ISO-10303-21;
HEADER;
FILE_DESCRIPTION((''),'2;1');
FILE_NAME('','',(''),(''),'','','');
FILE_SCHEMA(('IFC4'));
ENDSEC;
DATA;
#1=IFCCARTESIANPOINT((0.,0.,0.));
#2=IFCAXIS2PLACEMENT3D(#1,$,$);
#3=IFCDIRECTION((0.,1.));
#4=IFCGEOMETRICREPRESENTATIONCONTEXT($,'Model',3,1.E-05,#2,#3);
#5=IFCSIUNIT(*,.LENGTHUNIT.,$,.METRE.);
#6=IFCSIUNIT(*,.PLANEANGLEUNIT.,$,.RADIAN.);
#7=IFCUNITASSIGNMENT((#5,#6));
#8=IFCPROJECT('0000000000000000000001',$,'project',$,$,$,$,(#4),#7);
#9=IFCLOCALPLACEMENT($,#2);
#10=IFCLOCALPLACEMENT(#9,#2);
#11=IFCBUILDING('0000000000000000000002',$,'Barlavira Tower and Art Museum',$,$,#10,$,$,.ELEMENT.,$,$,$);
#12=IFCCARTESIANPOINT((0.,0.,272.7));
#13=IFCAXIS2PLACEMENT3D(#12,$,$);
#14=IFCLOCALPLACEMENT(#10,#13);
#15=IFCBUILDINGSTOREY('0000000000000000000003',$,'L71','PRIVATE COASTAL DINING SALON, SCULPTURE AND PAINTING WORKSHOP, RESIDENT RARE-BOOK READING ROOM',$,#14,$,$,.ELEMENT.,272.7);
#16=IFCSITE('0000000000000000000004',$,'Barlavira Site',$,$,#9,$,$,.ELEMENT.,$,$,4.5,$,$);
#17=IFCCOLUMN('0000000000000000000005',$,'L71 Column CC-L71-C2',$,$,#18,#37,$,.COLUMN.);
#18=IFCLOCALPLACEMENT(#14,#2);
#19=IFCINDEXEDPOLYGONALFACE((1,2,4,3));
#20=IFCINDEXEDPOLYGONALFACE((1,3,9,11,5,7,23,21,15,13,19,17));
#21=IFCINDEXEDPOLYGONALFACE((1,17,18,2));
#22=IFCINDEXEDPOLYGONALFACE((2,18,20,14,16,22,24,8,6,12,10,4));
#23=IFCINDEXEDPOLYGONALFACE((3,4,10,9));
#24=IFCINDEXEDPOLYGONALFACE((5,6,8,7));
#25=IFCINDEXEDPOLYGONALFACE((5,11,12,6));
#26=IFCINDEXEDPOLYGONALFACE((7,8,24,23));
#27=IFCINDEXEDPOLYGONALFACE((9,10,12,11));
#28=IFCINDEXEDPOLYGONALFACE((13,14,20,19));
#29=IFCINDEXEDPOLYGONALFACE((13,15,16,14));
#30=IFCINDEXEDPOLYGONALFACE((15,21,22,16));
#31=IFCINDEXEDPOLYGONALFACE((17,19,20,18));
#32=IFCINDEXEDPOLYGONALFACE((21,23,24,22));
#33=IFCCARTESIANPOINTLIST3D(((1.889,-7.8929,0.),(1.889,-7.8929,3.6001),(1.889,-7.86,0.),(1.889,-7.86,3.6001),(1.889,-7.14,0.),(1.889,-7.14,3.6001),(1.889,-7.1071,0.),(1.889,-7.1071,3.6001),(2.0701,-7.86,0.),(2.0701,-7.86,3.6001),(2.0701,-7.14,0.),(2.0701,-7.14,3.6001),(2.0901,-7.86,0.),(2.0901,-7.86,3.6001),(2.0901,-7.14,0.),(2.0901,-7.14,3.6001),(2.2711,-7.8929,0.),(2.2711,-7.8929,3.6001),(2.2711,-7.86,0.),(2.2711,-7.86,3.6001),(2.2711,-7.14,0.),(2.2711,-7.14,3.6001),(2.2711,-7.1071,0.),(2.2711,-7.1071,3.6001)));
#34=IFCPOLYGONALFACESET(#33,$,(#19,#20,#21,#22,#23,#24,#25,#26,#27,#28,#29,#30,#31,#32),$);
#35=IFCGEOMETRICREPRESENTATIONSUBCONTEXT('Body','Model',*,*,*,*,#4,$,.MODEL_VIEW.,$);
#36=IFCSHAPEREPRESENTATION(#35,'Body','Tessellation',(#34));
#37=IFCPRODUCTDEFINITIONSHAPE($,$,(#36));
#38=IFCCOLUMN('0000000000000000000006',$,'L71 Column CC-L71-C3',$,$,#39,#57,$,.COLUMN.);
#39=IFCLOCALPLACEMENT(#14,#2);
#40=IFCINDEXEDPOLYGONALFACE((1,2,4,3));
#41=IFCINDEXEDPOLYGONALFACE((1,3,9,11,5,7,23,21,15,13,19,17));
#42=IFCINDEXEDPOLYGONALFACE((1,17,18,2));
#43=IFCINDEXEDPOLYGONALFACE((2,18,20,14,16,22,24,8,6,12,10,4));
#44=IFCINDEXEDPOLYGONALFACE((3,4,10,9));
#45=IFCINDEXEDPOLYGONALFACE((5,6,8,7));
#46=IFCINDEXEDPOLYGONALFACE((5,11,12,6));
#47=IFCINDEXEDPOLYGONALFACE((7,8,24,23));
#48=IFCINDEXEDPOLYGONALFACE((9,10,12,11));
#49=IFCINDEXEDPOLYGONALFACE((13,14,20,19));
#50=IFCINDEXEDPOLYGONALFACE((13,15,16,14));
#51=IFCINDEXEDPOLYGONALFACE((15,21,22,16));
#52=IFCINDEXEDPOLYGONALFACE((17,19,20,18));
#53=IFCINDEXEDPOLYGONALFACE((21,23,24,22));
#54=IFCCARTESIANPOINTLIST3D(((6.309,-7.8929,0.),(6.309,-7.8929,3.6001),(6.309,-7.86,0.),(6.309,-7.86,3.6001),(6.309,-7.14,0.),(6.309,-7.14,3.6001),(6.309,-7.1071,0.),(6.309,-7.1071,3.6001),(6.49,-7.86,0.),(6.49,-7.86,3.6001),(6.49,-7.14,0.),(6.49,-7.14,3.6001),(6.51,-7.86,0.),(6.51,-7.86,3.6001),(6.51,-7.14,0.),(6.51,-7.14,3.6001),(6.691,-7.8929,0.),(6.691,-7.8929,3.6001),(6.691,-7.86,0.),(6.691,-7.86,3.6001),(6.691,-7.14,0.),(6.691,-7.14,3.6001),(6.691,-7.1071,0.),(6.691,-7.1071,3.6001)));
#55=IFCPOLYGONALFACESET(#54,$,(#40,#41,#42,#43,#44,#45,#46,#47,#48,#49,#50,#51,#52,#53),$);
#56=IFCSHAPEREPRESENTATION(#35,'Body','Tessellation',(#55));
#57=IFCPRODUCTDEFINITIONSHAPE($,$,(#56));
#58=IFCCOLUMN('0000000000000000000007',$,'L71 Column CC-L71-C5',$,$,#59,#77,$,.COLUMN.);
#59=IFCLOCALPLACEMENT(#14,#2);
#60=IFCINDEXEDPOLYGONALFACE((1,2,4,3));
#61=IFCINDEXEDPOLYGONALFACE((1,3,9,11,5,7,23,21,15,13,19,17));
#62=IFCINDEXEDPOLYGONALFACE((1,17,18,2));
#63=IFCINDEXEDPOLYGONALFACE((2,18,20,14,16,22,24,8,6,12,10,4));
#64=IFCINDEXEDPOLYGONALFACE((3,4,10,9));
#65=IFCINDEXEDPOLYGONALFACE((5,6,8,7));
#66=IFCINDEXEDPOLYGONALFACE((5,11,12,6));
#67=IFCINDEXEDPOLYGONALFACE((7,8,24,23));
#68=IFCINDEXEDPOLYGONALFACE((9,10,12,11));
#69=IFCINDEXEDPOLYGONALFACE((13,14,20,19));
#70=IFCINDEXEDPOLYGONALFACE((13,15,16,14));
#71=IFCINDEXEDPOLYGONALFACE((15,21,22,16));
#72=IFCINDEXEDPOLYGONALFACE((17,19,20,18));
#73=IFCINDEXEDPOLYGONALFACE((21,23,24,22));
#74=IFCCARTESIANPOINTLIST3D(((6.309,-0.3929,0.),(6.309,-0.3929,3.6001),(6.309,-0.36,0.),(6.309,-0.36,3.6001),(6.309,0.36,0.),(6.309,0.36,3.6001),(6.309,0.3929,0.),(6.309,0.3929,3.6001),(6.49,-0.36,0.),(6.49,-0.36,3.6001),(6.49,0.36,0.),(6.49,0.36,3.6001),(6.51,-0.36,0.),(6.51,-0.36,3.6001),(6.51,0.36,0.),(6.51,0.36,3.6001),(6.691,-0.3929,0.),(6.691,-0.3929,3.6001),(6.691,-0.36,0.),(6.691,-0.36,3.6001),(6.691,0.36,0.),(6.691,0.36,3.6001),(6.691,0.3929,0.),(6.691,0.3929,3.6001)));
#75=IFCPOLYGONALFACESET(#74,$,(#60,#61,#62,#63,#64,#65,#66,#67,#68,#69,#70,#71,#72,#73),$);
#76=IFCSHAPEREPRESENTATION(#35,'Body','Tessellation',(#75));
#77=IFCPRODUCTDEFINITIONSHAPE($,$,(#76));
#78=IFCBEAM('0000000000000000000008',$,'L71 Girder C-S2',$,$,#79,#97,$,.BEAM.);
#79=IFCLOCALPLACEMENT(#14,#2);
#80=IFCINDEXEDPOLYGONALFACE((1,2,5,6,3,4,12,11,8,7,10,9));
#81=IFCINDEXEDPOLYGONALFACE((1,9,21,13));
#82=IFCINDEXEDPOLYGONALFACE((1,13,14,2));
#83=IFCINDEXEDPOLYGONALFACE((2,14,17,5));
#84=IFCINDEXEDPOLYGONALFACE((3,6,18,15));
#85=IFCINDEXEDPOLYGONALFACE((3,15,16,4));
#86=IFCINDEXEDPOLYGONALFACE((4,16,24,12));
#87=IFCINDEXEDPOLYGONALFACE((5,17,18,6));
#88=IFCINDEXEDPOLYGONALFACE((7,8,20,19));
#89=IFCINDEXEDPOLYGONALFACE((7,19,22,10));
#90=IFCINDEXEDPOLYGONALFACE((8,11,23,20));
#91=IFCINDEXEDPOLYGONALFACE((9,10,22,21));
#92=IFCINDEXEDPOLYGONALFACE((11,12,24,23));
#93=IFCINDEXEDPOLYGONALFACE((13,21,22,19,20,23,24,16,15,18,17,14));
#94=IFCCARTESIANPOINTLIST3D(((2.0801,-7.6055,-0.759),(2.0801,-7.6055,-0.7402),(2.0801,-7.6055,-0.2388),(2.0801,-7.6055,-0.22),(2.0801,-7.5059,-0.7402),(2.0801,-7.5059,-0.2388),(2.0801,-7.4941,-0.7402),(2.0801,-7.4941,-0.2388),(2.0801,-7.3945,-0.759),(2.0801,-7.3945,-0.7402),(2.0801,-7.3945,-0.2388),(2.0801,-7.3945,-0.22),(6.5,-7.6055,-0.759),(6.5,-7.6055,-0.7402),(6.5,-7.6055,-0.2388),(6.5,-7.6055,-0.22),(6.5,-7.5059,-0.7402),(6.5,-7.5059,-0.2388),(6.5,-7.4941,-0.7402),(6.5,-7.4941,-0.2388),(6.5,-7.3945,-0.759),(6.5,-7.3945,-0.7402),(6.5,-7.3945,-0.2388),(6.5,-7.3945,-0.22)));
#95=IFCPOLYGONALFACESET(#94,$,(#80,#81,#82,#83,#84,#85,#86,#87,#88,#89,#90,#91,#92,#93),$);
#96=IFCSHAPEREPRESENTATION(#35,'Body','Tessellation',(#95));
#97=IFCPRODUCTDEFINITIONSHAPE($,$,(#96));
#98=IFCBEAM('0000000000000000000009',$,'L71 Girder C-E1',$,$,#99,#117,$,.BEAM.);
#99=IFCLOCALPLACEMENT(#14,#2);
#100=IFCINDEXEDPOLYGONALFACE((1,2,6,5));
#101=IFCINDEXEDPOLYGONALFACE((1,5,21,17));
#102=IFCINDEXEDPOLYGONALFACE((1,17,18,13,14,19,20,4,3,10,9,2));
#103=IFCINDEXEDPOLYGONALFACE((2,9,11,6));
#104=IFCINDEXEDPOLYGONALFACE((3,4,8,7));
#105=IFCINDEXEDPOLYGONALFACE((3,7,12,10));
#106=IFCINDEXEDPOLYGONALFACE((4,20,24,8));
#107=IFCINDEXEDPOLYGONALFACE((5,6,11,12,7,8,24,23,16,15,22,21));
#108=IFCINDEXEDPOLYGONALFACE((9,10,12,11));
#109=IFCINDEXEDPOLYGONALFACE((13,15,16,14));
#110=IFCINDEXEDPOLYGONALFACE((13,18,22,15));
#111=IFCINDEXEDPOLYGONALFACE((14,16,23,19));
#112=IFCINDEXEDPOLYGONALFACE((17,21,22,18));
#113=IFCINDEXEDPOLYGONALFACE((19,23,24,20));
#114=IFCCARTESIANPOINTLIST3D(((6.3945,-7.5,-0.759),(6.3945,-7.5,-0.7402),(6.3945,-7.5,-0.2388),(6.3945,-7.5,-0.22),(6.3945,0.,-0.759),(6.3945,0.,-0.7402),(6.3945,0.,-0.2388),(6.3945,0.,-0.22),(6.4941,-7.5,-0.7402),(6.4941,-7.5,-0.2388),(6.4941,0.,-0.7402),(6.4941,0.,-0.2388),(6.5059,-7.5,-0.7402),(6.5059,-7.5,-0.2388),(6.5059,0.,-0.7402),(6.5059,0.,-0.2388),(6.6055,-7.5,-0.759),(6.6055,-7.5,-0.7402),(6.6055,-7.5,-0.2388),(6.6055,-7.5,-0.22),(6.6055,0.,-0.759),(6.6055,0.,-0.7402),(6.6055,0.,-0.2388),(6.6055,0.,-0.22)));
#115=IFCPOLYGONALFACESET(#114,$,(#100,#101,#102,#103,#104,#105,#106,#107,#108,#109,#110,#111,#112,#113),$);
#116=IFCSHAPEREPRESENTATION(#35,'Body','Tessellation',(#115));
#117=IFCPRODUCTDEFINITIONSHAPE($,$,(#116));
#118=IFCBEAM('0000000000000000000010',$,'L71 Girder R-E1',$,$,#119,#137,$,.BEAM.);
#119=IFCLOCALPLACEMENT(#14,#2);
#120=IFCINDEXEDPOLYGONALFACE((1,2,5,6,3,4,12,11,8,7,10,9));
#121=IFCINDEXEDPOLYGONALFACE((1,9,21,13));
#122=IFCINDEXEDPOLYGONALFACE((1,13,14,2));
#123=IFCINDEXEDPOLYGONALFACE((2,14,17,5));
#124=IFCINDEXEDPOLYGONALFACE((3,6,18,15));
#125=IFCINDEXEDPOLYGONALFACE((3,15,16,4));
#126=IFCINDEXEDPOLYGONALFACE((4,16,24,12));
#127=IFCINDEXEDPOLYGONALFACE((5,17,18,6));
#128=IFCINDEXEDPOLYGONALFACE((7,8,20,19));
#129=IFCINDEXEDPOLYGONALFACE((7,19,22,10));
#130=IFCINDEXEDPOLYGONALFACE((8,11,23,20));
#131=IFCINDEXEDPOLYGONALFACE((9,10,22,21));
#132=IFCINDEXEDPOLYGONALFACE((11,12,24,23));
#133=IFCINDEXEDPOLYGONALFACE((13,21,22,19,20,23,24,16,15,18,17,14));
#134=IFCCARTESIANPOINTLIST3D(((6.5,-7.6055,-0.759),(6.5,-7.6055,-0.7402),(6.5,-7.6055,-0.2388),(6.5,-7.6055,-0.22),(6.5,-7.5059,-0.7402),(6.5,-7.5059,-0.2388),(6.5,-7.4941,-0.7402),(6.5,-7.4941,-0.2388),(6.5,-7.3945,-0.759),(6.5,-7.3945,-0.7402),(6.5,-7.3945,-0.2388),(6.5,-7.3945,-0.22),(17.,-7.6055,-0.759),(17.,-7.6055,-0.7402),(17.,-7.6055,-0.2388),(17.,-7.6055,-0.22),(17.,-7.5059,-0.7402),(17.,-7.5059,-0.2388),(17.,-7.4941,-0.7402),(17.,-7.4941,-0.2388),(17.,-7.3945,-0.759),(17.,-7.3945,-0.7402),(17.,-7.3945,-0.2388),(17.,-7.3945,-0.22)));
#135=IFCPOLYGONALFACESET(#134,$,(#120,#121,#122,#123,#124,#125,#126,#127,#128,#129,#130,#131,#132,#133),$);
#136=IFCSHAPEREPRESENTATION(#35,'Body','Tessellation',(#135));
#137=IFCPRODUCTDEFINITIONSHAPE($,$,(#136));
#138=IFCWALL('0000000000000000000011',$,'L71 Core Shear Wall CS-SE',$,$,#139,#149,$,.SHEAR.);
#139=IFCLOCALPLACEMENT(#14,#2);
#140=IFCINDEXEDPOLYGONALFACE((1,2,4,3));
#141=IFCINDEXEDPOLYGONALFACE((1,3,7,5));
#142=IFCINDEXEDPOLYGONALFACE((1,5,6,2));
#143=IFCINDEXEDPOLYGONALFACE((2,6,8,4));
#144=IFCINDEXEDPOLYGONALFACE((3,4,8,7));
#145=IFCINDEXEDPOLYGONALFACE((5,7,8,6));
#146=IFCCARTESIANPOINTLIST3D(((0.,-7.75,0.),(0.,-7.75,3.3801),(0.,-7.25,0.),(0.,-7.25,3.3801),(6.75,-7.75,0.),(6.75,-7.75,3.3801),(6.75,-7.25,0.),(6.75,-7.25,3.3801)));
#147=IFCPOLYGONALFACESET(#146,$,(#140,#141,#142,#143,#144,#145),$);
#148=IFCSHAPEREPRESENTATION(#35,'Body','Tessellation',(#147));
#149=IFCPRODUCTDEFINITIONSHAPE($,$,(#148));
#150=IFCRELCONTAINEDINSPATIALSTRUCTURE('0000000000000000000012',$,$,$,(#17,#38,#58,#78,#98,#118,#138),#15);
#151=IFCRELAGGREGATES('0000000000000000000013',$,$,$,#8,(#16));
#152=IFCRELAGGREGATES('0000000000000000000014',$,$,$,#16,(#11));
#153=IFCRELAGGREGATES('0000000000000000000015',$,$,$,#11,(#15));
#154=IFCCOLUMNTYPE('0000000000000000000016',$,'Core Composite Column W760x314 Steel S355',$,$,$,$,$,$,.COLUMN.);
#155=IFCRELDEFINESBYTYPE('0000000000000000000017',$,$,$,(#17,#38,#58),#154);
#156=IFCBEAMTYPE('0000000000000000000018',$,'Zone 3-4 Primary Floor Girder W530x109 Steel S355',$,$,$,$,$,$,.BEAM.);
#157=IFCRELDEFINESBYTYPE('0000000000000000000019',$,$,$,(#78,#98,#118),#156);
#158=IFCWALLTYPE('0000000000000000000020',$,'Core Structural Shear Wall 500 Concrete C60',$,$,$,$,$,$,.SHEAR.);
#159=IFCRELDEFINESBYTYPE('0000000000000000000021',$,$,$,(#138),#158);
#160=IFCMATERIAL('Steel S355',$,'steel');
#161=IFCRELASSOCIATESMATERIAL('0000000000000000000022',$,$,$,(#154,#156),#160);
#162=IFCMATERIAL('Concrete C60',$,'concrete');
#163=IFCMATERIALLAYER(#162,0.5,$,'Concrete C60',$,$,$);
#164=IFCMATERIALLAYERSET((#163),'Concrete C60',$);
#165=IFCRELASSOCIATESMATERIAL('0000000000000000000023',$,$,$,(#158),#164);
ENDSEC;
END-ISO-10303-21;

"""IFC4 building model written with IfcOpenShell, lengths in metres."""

from ifc_helpers import new_model, si_unit, direction, frame, frame_2d, origin, origin_2d, place, context, subcontext, project, spatial, rectangle, i_section, extrude, material, layer, layer_set, material_profile, profile_set, type_object, element, save


model = new_model("IFC4")

# Units and contexts
model_context = context("Model", 3, precision=1e-05, world=origin(), true_north=direction((0.0, 1.0)))
body_context = subcontext(model_context, "Body", "Model", "MODEL_VIEW")
ifc_project = project(units=[si_unit("LENGTHUNIT", "METRE"), si_unit("PLANEANGLEUNIT", "RADIAN")], contexts=[model_context])

# Site, building, storey
site_placement = place(None, origin())
site = spatial("IfcSite", under=ifc_project, at=site_placement, Name="Barlavira Site", CompositionType="ELEMENT", RefElevation=4.5)
building_placement = place(site_placement, origin())
building = spatial("IfcBuilding", under=site, at=building_placement, Name="Barlavira Tower and Art Museum", CompositionType="ELEMENT")
storey_placement = place(building_placement, frame((0.0, 0.0, 272.7)))
storey = spatial("IfcBuildingStorey", under=building, at=storey_placement, Name="L71", Description="PRIVATE COASTAL DINING SALON, SCULPTURE AND PAINTING WORKSHOP, RESIDENT RARE-BOOK READING ROOM", CompositionType="ELEMENT", Elevation=272.7)

# Columns
ifc_material_1 = material(Name="Steel S355", Category="steel")
ifc_material_profile_1 = material_profile(ifc_material_1, i_section(OverallWidth=0.3821, OverallDepth=0.7859, WebThickness=0.02, FlangeThickness=0.033, at=origin_2d()), Name="W760x314.0")
ifc_profile_set_1 = profile_set([ifc_material_profile_1], Name="Steel S355")
column_type = type_object("IfcColumnType", Name="Core Composite Column W760x314 Steel S355", PredefinedType="COLUMN", material=ifc_profile_set_1)
for number, where, z_axis, x_axis, name in (
    (1, (2.0801, -7.5, 0.0), (0.0, 0.0, 1.0), (1.0, 0.0, 0.0), "L71 Column CC-L71-C2"),
    (2, (6.5, -7.5, 0.0), (0.0, 0.0, 1.0), (1.0, 0.0, 0.0), "L71 Column CC-L71-C3"),
    (3, (6.5, 0.0, 0.0), (0.0, 0.0, 1.0), (1.0, 0.0, 0.0), "L71 Column CC-L71-C5"),
):
    element("IfcColumn", number, at=place(storey_placement, frame(where, z_axis=z_axis, x_axis=x_axis)), inside=storey, type_object=column_type, Name=name, PredefinedType="COLUMN", context=body_context, shape_type="SweptSolid", body=[
        extrude(i_section(OverallWidth=0.3821, OverallDepth=0.7859, WebThickness=0.02, FlangeThickness=0.033, at=origin_2d()), origin(), (0.0, 0.0, 1.0), 3.6001),
    ])

# Beams
ifc_material_profile_2 = material_profile(ifc_material_1, i_section(OverallWidth=0.2109, OverallDepth=0.5391, WebThickness=0.0117, FlangeThickness=0.0188, at=origin_2d()), Name="W530x109.0")
ifc_profile_set_2 = profile_set([ifc_material_profile_2], Name="Steel S355")
beam_type = type_object("IfcBeamType", Name="Zone 3-4 Primary Floor Girder W530x109 Steel S355", PredefinedType="BEAM", material=ifc_profile_set_2)
beam_1_placement = place(storey_placement, frame((2.0801, -7.5, -0.4895), z_axis=(1.0, 0.0, 0.0), x_axis=(0.0, 1.0, 0.0)))
element("IfcBeam", 4, at=beam_1_placement, inside=storey, type_object=beam_type, Name="L71 Girder C-S2", PredefinedType="BEAM", context=body_context, shape_type="SweptSolid", body=[
    extrude(i_section(OverallWidth=0.2109, OverallDepth=0.5391, WebThickness=0.0117, FlangeThickness=0.0188, at=origin_2d()), origin(), (0.0, 0.0, 1.0), 4.4199),
])
beam_2_placement = place(storey_placement, frame((6.5, -7.5, -0.4895), z_axis=(0.0, 1.0, 0.0), x_axis=(-1.0, 0.0, 0.0)))
element("IfcBeam", 5, at=beam_2_placement, inside=storey, type_object=beam_type, Name="L71 Girder C-E1", PredefinedType="BEAM", context=body_context, shape_type="SweptSolid", body=[
    extrude(i_section(OverallWidth=0.2109, OverallDepth=0.5391, WebThickness=0.0117, FlangeThickness=0.0188, at=origin_2d()), origin(), (0.0, 0.0, 1.0), 7.5),
])
beam_3_placement = place(storey_placement, frame((6.5, -7.5, -0.4895), z_axis=(1.0, 0.0, 0.0), x_axis=(0.0, 1.0, 0.0)))
element("IfcBeam", 6, at=beam_3_placement, inside=storey, type_object=beam_type, Name="L71 Girder R-E1", PredefinedType="BEAM", context=body_context, shape_type="SweptSolid", body=[
    extrude(i_section(OverallWidth=0.2109, OverallDepth=0.5391, WebThickness=0.0117, FlangeThickness=0.0188, at=origin_2d()), origin(), (0.0, 0.0, 1.0), 10.5),
])

# Wall
ifc_material_2 = material(Name="Concrete C60", Category="concrete")
ifc_layer_1 = layer(ifc_material_2, 0.5, Name="Concrete C60")
ifc_layer_set_1 = layer_set([ifc_layer_1], Name="Concrete C60")
wall_type_1 = type_object("IfcWallType", Name="Core Structural Shear Wall 500 Concrete C60", PredefinedType="SHEAR", material=ifc_layer_set_1)
wall_1_placement = place(storey_placement, frame((0.0, -7.5, 0.0), z_axis=(0.0, 0.0, 1.0), x_axis=(1.0, 0.0, 0.0)))
element("IfcWall", 7, at=wall_1_placement, inside=storey, type_object=wall_type_1, Name="L71 Core Shear Wall CS-SE", PredefinedType="SHEAR", context=body_context, shape_type="SweptSolid", body=[
    extrude(rectangle(XDim=6.75, YDim=0.5, at=frame_2d((3.375, 0.0))), origin(), (0.0, 0.0, 1.0), 3.3801),
])

save(model, "model.ifc")
